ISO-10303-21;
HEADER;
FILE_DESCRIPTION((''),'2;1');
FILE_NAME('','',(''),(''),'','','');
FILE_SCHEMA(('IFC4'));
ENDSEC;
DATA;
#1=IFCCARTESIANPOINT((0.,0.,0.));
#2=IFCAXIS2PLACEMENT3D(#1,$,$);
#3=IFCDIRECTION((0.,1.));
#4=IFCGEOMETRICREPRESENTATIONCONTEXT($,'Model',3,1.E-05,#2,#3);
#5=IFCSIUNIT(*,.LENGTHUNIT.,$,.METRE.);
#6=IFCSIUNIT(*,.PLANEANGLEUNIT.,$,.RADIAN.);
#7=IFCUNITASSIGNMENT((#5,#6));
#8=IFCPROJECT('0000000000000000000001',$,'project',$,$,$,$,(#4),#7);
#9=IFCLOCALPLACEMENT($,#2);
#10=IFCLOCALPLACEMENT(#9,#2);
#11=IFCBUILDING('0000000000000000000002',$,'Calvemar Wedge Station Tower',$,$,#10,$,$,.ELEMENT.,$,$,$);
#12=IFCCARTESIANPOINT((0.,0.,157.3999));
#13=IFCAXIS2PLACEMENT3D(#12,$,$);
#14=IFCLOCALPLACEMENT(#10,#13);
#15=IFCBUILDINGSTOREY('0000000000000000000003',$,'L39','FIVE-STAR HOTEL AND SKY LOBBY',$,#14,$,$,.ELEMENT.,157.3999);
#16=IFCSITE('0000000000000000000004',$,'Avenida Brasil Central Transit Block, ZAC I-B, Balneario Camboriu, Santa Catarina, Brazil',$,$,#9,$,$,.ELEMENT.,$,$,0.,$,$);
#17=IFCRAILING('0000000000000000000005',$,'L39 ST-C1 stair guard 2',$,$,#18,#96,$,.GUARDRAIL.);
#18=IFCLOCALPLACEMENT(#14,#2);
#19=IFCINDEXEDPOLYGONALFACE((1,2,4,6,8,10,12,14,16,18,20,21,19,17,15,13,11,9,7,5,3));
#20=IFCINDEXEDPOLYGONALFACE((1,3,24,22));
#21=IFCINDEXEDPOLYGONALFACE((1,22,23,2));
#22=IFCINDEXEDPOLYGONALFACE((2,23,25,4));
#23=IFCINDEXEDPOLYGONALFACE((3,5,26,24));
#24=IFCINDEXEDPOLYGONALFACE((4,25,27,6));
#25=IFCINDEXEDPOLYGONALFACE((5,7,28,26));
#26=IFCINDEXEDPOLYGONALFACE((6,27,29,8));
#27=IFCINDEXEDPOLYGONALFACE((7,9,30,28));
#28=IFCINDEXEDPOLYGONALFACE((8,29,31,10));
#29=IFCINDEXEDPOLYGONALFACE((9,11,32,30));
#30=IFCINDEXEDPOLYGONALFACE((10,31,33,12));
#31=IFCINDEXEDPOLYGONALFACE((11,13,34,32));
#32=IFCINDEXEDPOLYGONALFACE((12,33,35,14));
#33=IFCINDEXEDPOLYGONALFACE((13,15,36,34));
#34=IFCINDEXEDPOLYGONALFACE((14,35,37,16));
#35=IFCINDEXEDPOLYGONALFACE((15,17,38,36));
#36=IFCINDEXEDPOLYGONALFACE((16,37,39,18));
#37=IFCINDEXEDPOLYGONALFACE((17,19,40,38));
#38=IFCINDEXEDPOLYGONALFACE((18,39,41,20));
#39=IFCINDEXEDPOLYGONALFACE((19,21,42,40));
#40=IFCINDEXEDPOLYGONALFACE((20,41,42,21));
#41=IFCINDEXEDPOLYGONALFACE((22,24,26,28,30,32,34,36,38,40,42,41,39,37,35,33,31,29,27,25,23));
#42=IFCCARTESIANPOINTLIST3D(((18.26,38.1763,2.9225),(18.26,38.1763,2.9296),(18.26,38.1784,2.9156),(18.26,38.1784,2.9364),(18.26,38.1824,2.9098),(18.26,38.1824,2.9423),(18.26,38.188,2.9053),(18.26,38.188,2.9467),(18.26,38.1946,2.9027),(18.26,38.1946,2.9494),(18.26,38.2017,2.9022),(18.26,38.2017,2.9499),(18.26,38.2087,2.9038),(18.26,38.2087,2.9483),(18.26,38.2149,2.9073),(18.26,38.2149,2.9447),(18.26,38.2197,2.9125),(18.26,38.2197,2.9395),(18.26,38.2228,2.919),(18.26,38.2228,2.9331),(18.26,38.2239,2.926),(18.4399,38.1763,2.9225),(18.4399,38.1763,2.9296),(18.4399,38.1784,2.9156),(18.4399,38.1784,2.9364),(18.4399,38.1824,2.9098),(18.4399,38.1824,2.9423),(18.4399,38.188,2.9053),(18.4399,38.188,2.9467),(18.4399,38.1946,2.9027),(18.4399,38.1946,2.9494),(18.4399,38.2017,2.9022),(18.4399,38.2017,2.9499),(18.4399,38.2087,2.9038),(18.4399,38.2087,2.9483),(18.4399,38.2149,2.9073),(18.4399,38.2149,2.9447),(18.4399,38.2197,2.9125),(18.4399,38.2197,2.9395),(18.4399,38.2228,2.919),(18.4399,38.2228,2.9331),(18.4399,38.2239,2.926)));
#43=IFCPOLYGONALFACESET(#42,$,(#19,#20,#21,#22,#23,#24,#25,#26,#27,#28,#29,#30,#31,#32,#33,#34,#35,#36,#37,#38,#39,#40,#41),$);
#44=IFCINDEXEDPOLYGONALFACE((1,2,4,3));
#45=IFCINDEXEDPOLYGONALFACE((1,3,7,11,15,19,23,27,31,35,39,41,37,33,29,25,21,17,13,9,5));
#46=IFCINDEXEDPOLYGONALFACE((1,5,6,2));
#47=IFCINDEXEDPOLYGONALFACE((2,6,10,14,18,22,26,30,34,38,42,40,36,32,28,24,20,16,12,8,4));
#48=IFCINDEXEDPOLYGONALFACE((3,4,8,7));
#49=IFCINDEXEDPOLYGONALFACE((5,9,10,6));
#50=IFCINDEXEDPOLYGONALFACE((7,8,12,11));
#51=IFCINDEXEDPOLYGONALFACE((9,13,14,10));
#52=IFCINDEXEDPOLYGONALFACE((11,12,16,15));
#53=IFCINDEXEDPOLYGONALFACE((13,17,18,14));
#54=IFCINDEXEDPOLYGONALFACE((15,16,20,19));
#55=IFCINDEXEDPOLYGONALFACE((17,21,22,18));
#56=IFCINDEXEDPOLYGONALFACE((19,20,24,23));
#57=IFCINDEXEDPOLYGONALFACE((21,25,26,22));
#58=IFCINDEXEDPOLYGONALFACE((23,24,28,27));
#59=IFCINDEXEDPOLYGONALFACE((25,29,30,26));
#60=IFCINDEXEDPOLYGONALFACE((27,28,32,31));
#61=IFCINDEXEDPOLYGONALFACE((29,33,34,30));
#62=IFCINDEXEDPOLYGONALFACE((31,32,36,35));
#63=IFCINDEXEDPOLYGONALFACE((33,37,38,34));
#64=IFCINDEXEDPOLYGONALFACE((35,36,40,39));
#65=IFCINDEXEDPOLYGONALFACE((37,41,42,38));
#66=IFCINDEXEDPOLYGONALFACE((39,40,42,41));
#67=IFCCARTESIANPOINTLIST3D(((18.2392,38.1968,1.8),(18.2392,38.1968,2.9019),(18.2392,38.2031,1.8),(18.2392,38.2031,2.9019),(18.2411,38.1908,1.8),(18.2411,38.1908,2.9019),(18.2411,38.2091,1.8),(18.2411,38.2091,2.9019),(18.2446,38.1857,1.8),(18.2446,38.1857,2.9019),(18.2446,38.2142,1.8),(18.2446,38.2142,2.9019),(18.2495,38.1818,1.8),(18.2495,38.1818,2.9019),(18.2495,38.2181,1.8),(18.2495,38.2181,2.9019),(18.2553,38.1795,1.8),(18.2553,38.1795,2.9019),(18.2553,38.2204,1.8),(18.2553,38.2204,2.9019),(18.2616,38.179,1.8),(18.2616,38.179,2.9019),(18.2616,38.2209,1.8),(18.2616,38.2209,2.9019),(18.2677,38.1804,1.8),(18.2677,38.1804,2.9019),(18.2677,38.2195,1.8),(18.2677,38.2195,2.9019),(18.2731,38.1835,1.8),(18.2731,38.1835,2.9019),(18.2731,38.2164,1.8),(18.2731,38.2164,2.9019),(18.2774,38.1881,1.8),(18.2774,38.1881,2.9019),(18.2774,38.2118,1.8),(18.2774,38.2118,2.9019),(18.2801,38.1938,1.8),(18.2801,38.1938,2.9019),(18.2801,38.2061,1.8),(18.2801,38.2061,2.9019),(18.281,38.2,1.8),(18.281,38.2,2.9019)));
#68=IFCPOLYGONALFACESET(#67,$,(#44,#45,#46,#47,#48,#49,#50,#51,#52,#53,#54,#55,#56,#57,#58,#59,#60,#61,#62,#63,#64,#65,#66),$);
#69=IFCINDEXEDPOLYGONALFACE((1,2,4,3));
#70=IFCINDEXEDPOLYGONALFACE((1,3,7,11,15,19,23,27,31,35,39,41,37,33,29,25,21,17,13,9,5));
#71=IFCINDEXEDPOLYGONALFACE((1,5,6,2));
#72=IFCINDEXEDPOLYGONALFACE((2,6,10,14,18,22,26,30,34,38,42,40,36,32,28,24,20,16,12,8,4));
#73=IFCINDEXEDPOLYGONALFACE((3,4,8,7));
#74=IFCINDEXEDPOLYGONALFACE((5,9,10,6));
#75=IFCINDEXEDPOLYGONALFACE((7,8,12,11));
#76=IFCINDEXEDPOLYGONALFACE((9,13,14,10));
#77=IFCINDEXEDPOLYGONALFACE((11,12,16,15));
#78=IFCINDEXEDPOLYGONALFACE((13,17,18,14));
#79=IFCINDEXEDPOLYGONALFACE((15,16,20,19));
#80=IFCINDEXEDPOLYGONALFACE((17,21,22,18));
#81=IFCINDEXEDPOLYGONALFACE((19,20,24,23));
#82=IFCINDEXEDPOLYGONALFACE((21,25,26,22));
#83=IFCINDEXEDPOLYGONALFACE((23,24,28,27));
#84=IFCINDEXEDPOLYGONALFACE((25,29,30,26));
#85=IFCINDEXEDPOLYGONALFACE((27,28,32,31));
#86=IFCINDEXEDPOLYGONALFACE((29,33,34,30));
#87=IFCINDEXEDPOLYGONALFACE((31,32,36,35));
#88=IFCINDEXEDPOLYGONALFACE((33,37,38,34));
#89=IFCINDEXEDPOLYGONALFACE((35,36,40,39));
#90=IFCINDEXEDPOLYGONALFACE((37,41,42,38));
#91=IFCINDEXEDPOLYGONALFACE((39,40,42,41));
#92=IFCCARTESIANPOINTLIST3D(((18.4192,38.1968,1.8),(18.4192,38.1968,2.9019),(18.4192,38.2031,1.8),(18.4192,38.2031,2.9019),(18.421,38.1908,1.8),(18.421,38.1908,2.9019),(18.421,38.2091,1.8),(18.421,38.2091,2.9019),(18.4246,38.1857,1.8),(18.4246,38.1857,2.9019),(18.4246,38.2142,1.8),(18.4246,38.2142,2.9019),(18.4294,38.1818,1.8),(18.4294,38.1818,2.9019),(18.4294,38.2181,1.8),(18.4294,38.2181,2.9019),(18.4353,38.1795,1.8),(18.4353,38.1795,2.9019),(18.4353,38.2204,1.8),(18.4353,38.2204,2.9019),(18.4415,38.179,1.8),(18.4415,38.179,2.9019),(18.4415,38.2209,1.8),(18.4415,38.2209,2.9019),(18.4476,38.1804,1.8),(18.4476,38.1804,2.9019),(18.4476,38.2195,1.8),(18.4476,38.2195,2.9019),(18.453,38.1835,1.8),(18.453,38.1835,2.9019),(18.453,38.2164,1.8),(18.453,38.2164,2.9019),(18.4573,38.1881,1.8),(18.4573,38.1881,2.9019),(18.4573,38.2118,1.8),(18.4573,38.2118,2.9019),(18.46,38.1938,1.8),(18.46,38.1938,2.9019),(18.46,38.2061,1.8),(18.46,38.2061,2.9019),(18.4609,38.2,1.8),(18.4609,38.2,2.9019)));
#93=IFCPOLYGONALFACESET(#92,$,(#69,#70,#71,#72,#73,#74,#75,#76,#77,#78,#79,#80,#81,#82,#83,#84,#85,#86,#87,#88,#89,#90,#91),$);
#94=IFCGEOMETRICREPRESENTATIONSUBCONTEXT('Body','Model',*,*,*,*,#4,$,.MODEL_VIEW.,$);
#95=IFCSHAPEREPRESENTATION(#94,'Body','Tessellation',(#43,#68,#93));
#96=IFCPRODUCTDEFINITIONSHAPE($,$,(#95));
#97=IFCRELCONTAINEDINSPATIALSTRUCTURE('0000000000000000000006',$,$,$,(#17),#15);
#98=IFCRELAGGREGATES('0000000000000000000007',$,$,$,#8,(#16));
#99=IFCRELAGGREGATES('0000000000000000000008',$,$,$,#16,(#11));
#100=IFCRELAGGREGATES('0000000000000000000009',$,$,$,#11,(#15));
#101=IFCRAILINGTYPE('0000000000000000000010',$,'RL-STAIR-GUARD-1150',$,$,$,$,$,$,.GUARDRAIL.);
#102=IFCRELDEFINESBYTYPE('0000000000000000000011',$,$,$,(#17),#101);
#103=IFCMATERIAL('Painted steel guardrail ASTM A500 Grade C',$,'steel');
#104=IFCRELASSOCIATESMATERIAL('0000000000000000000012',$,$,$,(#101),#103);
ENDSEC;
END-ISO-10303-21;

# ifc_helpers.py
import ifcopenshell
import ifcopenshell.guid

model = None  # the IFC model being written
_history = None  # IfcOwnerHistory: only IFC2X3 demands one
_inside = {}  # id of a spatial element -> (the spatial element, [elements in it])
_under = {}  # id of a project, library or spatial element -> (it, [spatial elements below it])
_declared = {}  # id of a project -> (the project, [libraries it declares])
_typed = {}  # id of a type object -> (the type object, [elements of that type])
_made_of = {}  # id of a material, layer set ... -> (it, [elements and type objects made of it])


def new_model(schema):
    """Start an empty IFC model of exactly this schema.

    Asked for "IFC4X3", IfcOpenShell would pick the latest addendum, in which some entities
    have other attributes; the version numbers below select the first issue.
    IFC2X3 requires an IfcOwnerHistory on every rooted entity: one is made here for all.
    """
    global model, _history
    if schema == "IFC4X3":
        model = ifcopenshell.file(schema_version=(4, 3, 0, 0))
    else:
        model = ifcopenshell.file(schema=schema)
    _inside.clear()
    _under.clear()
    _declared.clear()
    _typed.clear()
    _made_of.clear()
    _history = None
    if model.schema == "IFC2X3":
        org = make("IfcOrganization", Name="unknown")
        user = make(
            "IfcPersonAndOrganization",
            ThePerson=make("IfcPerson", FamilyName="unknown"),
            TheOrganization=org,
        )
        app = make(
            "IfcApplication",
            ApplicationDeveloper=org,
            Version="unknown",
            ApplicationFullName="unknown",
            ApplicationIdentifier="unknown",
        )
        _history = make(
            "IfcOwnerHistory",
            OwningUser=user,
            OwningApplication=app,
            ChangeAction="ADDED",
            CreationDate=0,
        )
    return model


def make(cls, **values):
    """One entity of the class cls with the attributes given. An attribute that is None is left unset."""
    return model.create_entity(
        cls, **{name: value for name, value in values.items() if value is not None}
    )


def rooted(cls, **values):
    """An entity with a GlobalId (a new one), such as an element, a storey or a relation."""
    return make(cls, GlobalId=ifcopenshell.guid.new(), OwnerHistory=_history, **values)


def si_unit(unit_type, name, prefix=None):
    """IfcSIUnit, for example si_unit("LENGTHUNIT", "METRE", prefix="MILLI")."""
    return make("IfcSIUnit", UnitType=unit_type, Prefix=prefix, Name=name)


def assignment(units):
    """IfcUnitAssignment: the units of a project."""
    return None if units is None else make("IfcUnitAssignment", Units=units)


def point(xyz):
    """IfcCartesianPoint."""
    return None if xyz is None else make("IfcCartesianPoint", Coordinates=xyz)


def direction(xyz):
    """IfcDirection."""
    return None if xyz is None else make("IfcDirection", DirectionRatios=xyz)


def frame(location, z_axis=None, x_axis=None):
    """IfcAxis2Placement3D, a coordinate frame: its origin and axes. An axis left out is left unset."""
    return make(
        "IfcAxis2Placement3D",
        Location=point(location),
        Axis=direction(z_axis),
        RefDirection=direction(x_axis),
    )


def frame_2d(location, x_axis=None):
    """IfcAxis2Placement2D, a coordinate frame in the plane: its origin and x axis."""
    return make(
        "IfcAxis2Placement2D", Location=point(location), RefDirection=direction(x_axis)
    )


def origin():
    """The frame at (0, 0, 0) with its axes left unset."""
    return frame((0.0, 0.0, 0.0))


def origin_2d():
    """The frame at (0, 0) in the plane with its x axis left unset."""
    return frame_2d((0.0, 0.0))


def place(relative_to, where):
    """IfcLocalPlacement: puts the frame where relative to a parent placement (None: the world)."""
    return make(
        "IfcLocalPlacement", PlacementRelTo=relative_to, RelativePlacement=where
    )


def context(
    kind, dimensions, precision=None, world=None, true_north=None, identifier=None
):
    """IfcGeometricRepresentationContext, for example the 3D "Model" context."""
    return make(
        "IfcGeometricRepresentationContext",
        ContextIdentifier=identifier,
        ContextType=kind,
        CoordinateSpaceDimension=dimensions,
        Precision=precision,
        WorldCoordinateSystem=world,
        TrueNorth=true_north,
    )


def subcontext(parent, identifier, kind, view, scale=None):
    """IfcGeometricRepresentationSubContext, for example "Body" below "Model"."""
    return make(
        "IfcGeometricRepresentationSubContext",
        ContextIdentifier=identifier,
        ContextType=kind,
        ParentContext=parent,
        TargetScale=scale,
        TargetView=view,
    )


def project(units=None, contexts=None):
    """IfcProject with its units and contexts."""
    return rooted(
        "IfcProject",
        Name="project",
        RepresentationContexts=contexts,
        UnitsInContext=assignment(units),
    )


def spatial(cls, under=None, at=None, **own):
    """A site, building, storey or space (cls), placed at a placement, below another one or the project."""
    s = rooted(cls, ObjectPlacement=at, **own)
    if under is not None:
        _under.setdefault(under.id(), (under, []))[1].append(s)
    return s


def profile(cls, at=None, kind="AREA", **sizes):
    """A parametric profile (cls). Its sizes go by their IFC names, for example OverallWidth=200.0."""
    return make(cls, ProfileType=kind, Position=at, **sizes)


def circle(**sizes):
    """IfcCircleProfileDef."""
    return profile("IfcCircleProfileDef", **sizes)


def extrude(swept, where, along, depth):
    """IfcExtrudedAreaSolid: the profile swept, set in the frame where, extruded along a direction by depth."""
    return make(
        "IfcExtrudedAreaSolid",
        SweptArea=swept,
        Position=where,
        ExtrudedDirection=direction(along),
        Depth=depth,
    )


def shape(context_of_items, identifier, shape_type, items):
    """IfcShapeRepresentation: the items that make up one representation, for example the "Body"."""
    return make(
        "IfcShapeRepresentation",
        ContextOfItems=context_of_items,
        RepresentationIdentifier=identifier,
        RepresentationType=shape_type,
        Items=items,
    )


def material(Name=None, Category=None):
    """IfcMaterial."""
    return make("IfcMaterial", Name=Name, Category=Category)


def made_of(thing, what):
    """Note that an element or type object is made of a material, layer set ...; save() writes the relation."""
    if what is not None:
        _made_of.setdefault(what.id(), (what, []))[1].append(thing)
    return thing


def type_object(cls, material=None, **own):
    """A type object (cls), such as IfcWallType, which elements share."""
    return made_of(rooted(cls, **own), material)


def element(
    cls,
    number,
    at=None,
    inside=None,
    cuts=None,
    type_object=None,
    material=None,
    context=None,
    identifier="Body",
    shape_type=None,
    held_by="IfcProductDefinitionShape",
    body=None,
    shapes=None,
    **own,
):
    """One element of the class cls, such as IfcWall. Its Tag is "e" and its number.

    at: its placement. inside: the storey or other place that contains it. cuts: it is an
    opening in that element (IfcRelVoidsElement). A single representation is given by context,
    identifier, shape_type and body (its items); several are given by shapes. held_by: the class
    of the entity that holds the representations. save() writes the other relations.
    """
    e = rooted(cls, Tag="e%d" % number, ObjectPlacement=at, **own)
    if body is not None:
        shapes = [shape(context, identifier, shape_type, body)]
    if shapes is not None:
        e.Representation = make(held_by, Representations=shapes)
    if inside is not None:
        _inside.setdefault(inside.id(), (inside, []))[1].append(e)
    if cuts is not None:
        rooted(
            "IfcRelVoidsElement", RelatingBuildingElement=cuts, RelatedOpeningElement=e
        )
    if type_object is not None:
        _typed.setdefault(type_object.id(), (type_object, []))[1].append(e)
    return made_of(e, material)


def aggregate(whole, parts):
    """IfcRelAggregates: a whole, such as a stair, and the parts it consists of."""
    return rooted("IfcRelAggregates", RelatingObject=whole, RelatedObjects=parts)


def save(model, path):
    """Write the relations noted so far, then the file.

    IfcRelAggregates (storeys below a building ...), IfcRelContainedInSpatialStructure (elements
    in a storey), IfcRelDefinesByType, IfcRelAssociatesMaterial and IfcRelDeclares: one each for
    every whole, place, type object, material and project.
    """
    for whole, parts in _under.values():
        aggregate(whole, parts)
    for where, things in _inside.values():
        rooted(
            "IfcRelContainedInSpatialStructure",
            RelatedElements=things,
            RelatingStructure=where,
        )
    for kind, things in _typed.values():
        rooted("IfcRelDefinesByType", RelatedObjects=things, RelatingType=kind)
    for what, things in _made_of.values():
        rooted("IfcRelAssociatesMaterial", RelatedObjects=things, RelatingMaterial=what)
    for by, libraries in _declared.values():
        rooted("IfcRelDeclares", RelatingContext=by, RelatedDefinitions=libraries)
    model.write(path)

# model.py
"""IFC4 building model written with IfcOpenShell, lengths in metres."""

from ifc_helpers import new_model, si_unit, direction, frame, origin, origin_2d, place, context, subcontext, project, spatial, circle, extrude, material, type_object, element, save


model = new_model("IFC4")

# Units and contexts
model_context = context("Model", 3, precision=1e-05, world=origin(), true_north=direction((0.0, 1.0)))
body_context = subcontext(model_context, "Body", "Model", "MODEL_VIEW")
ifc_project = project(units=[si_unit("LENGTHUNIT", "METRE"), si_unit("PLANEANGLEUNIT", "RADIAN")], contexts=[model_context])

# Site, building, storey
site_placement = place(None, origin())
site = spatial("IfcSite", under=ifc_project, at=site_placement, Name="Avenida Brasil Central Transit Block, ZAC I-B, Balneario Camboriu, Santa Catarina, Brazil", CompositionType="ELEMENT", RefElevation=0.0)
building_placement = place(site_placement, origin())
building = spatial("IfcBuilding", under=site, at=building_placement, Name="Calvemar Wedge Station Tower", CompositionType="ELEMENT")
storey_placement = place(building_placement, frame((0.0, 0.0, 157.3999)))
storey = spatial("IfcBuildingStorey", under=building, at=storey_placement, Name="L39", Description="FIVE-STAR HOTEL AND SKY LOBBY", CompositionType="ELEMENT", Elevation=157.3999)

# Railing
ifc_material_1 = material(Name="Painted steel guardrail ASTM A500 Grade C", Category="steel")
railing_type_1 = type_object("IfcRailingType", Name="RL-STAIR-GUARD-1150", PredefinedType="GUARDRAIL", material=ifc_material_1)
railing_1_placement = place(storey_placement, frame((18.26, 38.2, 1.8)))
element("IfcRailing", 1, at=railing_1_placement, inside=storey, type_object=railing_type_1, Name="L39 ST-C1 stair guard 2", PredefinedType="GUARDRAIL", context=body_context, shape_type="SweptSolid", body=[
    extrude(circle(Radius=0.0239, at=origin_2d()), frame((0.0, 0.0, 1.126), z_axis=(1.0, 0.0, 0.0), x_axis=(0.0, 1.0, 0.0)), (0.0, 0.0, 1.0), 0.1799),
    extrude(circle(Radius=0.021, at=origin_2d()), origin(), (0.0, 0.0, 1.0), 1.1018),
    extrude(circle(Radius=0.021, at=origin_2d()), frame((0.1799, 0.0, 0.0)), (0.0, 0.0, 1.0), 1.1018),
])

save(model, "model.ifc")
